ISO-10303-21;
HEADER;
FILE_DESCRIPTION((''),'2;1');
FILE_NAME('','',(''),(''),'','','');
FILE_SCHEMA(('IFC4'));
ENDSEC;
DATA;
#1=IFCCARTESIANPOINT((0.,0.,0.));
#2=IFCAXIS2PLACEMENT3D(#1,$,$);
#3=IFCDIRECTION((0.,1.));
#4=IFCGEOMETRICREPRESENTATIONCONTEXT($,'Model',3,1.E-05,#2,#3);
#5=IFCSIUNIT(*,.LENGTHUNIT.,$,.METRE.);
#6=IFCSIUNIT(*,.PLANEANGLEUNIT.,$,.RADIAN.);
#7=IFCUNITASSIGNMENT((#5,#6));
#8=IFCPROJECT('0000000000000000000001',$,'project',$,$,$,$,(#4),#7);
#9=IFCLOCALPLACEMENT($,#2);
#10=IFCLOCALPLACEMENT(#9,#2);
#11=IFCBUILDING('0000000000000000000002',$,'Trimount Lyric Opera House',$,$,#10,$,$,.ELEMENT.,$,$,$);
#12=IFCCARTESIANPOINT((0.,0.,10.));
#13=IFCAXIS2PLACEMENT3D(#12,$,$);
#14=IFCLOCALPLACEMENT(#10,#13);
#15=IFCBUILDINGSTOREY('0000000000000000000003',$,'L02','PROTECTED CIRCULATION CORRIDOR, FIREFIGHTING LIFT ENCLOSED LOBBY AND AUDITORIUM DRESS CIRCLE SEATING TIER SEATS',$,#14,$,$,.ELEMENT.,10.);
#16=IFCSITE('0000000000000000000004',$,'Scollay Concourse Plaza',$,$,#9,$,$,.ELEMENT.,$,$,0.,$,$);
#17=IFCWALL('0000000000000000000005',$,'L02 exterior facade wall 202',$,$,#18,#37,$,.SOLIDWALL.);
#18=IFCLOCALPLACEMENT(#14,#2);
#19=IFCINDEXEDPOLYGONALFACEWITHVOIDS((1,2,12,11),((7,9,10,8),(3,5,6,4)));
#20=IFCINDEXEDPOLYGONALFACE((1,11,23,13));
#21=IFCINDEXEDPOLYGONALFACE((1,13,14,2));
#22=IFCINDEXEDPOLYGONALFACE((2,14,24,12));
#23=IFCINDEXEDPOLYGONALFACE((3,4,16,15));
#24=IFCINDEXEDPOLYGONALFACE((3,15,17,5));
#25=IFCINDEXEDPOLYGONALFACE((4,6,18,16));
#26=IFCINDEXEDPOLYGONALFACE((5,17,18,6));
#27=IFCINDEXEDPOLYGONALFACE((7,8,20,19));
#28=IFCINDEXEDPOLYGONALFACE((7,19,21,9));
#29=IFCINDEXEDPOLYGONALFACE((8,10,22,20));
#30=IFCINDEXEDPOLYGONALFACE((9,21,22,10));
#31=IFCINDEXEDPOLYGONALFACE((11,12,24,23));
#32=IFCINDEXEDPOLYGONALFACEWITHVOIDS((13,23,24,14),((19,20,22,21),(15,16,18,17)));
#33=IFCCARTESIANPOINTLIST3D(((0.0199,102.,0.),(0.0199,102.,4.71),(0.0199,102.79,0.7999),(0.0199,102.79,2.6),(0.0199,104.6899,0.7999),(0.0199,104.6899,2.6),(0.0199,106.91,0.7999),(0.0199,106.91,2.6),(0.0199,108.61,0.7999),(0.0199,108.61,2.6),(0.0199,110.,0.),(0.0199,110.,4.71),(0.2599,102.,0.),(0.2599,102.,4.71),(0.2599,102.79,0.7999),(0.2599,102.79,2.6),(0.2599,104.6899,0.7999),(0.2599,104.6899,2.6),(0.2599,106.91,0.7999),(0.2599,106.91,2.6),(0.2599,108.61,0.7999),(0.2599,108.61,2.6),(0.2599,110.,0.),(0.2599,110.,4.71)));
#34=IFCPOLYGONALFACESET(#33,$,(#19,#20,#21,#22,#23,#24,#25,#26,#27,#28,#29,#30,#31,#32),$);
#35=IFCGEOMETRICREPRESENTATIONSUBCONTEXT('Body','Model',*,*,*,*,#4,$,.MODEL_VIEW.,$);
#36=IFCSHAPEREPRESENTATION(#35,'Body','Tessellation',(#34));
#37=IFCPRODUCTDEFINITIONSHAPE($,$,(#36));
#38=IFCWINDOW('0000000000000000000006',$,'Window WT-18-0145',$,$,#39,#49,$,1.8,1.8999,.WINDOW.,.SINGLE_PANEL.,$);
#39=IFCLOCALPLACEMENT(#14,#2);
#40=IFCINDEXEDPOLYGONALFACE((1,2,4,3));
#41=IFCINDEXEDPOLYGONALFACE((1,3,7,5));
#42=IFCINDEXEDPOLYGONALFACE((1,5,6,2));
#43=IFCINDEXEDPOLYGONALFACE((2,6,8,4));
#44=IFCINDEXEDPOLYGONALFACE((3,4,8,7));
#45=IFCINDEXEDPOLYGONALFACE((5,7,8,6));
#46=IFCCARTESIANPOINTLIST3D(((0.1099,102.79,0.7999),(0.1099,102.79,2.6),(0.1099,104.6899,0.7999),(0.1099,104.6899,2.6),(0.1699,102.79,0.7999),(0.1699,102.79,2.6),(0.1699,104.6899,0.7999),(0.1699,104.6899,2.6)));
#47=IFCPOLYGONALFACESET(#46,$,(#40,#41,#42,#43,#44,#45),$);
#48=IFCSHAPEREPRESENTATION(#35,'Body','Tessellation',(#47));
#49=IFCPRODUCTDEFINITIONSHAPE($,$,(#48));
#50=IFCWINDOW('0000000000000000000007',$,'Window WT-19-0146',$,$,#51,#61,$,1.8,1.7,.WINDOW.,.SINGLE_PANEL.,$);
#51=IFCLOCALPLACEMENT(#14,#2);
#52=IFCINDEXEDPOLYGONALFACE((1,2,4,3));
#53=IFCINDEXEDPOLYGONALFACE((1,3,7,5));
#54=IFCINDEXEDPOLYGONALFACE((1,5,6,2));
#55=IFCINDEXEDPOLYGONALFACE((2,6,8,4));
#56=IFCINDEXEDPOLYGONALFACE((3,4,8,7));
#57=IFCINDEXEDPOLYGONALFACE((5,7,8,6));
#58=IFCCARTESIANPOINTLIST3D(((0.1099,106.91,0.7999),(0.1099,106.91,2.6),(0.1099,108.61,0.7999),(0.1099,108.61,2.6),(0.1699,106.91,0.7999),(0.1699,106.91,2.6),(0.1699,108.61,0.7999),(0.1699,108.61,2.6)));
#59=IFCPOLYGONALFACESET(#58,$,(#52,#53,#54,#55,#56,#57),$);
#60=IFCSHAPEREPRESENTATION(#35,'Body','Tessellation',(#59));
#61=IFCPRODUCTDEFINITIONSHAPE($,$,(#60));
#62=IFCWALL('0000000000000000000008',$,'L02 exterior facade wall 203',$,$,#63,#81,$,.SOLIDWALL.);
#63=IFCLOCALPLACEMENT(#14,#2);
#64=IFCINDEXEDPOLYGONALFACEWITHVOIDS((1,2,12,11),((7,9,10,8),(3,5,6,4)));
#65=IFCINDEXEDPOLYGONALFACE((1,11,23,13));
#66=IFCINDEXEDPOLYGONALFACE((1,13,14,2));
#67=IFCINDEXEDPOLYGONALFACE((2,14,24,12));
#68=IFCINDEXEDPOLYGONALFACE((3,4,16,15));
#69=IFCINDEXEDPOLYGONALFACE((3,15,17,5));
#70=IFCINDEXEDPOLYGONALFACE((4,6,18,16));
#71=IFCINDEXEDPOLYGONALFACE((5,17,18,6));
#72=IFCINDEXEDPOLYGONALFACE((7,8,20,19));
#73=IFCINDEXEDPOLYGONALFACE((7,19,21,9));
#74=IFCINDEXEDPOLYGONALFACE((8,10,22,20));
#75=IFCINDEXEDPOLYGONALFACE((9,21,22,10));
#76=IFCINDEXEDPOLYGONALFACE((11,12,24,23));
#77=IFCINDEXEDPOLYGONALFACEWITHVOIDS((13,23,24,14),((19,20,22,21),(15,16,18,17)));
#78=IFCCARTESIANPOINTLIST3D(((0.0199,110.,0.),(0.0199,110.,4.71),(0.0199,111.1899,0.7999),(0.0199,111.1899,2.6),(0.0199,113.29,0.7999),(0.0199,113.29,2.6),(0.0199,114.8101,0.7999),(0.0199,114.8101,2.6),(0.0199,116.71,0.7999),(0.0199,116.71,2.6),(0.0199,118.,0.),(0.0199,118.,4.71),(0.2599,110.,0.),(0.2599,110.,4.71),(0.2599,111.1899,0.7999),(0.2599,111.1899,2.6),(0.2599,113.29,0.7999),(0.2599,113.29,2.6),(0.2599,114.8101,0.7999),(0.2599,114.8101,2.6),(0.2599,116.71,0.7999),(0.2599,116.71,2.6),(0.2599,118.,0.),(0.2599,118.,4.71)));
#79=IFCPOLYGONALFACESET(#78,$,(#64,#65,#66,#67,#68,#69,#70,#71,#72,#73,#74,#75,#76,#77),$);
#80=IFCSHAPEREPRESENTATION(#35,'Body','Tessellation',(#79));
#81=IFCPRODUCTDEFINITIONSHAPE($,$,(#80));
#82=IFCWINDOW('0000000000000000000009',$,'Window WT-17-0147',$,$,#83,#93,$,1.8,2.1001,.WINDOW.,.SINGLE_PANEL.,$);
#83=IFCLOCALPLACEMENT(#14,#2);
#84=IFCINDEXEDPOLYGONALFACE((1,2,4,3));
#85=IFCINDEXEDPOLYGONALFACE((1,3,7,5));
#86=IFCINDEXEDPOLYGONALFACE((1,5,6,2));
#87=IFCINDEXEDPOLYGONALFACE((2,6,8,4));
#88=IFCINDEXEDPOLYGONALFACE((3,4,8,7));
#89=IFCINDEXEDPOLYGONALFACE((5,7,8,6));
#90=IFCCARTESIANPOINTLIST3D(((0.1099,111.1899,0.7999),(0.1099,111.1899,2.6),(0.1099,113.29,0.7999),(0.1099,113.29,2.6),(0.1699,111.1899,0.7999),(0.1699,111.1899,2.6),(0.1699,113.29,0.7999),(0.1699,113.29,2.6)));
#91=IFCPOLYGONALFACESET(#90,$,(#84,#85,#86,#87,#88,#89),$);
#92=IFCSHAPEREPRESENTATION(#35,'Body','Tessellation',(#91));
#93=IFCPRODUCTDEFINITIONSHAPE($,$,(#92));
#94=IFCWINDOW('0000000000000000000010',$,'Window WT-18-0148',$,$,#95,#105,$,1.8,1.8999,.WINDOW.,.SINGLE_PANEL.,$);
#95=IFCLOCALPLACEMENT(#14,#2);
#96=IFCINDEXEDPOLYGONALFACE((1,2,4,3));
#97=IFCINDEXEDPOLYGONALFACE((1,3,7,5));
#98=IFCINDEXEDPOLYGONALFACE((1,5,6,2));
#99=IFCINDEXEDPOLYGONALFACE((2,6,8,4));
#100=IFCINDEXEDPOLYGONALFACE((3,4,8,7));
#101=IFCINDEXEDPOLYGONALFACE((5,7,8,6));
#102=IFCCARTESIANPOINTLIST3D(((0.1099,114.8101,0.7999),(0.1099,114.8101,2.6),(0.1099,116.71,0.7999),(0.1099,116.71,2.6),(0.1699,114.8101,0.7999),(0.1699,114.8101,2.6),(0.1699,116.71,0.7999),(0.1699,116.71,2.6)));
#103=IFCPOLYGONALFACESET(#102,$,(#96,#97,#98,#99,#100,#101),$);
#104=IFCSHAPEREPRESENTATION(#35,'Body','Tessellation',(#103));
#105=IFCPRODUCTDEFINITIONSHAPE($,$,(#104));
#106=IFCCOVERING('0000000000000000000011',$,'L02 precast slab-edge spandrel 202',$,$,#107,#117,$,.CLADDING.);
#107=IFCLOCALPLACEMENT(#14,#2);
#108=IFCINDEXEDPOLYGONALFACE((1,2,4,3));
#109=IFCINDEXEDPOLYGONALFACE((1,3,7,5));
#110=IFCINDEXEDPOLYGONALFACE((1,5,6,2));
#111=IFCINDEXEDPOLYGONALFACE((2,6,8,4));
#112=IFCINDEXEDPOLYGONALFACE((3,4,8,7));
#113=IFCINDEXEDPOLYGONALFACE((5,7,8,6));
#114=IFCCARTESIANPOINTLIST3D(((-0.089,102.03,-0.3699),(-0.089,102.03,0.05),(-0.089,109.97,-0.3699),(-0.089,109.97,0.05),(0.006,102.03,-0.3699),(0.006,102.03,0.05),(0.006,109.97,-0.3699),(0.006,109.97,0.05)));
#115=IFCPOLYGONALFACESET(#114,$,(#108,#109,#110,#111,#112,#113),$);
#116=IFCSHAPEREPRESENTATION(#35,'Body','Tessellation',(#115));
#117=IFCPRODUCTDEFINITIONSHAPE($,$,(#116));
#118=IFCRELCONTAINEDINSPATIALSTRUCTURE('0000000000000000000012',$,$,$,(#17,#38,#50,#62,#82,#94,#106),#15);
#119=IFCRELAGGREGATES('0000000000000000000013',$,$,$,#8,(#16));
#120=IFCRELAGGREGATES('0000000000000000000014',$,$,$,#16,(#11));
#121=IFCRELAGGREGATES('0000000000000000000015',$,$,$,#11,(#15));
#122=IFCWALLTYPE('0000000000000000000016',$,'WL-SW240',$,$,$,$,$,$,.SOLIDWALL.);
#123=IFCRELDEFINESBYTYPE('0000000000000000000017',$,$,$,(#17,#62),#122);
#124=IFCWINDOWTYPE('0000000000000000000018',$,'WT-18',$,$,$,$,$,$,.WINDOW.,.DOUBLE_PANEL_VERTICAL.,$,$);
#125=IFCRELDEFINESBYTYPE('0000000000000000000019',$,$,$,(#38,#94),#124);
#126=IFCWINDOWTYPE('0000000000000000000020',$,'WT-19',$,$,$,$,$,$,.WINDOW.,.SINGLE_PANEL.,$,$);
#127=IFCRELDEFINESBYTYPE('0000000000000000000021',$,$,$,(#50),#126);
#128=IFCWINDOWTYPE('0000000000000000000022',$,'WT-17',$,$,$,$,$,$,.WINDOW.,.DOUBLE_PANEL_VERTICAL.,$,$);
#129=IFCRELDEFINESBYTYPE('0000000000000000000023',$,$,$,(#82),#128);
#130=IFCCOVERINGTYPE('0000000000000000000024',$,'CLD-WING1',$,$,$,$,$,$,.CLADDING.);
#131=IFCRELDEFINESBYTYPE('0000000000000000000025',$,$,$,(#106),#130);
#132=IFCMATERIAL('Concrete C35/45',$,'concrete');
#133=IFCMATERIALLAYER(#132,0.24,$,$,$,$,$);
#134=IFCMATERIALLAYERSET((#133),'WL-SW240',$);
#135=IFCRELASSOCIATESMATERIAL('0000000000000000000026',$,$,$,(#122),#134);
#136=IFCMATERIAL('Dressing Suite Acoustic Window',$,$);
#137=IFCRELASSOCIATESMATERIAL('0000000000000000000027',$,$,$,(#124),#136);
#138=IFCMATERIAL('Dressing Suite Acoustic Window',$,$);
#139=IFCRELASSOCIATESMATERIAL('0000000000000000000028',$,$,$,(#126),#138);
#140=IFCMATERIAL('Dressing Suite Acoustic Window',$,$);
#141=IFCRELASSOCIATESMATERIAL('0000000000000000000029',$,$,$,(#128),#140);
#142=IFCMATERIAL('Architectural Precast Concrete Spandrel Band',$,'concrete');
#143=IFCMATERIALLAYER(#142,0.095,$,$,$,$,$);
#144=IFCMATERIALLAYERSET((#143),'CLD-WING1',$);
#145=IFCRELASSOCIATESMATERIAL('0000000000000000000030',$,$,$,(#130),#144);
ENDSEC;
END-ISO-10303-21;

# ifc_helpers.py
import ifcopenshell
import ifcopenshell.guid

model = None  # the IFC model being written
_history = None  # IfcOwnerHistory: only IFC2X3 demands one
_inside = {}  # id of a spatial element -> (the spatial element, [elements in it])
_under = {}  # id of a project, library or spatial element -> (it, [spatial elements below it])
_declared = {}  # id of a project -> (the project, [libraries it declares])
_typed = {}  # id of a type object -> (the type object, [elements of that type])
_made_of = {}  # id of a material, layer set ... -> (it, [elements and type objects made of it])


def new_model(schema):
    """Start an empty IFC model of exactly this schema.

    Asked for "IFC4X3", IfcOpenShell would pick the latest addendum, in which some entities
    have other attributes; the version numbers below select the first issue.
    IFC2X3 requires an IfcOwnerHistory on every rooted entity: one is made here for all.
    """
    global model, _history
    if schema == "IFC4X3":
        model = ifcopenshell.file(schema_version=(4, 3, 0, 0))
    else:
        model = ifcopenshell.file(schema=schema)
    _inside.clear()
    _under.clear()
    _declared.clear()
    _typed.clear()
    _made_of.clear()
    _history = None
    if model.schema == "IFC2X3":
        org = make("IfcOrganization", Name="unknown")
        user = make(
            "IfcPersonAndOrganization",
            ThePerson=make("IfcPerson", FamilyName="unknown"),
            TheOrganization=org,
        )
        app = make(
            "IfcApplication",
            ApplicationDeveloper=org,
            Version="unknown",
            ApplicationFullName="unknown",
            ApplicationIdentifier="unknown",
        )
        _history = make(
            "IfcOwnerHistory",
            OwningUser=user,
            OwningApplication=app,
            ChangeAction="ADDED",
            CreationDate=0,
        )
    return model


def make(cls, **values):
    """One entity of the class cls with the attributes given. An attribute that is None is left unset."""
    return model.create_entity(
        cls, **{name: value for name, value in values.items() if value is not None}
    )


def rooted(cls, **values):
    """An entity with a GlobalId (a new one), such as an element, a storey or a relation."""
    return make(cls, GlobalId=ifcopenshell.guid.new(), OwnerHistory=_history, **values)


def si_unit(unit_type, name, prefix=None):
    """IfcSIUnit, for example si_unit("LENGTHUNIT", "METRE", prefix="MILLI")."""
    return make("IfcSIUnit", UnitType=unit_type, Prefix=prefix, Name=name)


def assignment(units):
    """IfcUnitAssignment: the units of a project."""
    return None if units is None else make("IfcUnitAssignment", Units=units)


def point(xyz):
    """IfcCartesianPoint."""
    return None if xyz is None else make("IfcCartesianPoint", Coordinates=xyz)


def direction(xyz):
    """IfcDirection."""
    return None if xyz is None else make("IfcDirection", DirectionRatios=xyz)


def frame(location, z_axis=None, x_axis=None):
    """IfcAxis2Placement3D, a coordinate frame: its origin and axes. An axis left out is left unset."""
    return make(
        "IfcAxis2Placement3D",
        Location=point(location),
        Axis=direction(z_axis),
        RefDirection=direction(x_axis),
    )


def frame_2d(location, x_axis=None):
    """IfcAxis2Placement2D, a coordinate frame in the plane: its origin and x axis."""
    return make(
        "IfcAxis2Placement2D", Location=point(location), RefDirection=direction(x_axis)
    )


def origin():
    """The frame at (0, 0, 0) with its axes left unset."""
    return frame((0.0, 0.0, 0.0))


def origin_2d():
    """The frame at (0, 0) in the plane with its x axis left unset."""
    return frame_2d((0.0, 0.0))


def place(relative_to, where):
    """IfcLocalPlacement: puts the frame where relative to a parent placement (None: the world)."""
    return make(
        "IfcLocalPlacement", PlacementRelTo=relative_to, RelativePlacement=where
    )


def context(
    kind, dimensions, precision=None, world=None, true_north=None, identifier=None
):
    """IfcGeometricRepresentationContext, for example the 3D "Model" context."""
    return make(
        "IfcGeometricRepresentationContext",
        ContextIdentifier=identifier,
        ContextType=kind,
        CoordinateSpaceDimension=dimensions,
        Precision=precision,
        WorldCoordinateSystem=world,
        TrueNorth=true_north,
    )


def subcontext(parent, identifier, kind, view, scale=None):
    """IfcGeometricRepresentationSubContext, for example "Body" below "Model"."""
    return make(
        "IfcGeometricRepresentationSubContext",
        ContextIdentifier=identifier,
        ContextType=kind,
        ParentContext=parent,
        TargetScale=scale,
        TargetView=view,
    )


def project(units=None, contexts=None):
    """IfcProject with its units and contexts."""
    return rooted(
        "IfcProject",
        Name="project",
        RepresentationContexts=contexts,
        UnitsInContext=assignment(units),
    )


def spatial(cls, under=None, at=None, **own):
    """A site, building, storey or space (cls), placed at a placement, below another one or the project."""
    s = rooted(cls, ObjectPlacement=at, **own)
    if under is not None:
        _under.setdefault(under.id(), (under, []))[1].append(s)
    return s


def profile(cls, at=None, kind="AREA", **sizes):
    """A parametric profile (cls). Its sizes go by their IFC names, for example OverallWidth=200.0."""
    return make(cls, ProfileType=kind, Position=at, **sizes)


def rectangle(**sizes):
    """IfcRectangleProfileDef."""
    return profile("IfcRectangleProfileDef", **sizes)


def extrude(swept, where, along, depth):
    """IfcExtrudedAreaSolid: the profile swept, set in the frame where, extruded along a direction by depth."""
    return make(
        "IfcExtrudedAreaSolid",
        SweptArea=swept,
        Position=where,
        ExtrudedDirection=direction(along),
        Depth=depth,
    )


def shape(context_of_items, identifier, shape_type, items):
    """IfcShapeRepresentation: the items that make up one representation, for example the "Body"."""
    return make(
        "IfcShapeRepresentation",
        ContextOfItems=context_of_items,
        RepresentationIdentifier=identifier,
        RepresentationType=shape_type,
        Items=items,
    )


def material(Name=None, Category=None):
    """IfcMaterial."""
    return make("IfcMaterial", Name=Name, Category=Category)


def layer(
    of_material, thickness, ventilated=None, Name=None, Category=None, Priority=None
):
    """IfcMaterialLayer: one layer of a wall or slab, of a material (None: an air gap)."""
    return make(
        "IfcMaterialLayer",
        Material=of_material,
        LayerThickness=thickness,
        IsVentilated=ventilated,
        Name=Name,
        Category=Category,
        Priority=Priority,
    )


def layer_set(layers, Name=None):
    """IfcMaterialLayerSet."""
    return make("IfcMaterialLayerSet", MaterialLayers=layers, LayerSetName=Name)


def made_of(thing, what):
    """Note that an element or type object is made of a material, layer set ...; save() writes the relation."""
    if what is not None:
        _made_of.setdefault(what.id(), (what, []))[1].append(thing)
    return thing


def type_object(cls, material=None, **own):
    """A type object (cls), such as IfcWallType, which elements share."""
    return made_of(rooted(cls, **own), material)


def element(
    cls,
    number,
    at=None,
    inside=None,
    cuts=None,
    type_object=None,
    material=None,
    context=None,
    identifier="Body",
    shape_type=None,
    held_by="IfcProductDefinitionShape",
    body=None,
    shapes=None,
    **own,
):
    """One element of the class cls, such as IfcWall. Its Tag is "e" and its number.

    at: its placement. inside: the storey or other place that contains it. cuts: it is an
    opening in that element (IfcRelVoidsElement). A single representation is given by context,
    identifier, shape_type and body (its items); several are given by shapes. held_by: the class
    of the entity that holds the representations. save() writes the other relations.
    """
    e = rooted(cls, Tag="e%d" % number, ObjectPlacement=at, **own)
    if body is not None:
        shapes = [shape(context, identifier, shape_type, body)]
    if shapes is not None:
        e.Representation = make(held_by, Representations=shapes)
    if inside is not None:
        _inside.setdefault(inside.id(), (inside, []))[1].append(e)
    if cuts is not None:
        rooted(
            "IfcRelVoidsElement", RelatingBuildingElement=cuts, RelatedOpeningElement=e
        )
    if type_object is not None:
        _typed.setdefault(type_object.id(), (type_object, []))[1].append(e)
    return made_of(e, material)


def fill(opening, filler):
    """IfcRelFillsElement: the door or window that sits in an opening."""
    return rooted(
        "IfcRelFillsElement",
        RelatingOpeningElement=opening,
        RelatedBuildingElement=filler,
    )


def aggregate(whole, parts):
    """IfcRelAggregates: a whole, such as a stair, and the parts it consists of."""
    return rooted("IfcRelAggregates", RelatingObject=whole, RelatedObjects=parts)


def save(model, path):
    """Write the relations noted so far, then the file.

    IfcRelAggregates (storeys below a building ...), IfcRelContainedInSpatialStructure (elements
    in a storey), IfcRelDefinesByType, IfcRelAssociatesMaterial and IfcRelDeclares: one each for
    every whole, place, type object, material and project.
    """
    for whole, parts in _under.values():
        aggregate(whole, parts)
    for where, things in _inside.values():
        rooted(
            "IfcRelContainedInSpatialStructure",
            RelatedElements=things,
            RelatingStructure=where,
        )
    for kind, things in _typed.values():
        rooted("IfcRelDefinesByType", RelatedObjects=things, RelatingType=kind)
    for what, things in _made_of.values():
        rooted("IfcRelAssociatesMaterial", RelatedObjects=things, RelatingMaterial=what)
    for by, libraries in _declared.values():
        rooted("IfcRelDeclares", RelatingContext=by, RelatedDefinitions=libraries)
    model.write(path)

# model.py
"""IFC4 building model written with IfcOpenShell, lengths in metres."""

from ifc_helpers import new_model, si_unit, direction, frame, frame_2d, origin, origin_2d, place, context, subcontext, project, spatial, rectangle, extrude, material, layer, layer_set, type_object, element, fill, save


model = new_model("IFC4")

# Units and contexts
model_context = context("Model", 3, precision=1e-05, world=origin(), true_north=direction((0.0, 1.0)))
body_context = subcontext(model_context, "Body", "Model", "MODEL_VIEW")
ifc_project = project(units=[si_unit("LENGTHUNIT", "METRE"), si_unit("PLANEANGLEUNIT", "RADIAN")], contexts=[model_context])

# Site, building, storey
site_placement = place(None, origin())
site = spatial("IfcSite", under=ifc_project, at=site_placement, Name="Scollay Concourse Plaza", CompositionType="ELEMENT", RefElevation=0.0)
building_placement = place(site_placement, origin())
building = spatial("IfcBuilding", under=site, at=building_placement, Name="Trimount Lyric Opera House", CompositionType="ELEMENT")
storey_placement = place(building_placement, frame((0.0, 0.0, 10.0)))
storey = spatial("IfcBuildingStorey", under=building, at=storey_placement, Name="L02", Description="PROTECTED CIRCULATION CORRIDOR, FIREFIGHTING LIFT ENCLOSED LOBBY AND AUDITORIUM DRESS CIRCLE SEATING TIER SEATS", CompositionType="ELEMENT", Elevation=10.0)

# Walls, openings, windows
ifc_material_1 = material(Name="Concrete C35/45", Category="concrete")
ifc_layer_1 = layer(ifc_material_1, 0.24)
ifc_layer_set_1 = layer_set([ifc_layer_1], Name="WL-SW240")
wall_type = type_object("IfcWallType", Name="WL-SW240", PredefinedType="SOLIDWALL", material=ifc_layer_set_1)
wall_1_placement = place(storey_placement, frame((0.1399, 102.0, 0.0), z_axis=(0.0, 0.0, 1.0), x_axis=(0.0, 1.0, 0.0)))
wall_1 = element("IfcWall", 1, at=wall_1_placement, inside=storey, type_object=wall_type, Name="L02 exterior facade wall 202", PredefinedType="SOLIDWALL", context=body_context, shape_type="SweptSolid", body=[
    extrude(rectangle(XDim=8.0, YDim=0.24, at=frame_2d((4.0, 0.0))), origin(), (0.0, 0.0, 1.0), 4.71),
])
opening_1_placement = place(wall_1_placement, frame((0.79, 0.0, 0.8)))
opening_1 = element("IfcOpeningElement", 2, at=opening_1_placement, cuts=wall_1, PredefinedType="OPENING", context=body_context, shape_type="SweptSolid", body=[
    extrude(rectangle(XDim=1.8999, YDim=1.8, at=frame_2d((0.95, 0.8999))), frame((0.0, 0.1299, 0.0), z_axis=(0.0, -1.0, 0.0), x_axis=(1.0, 0.0, 0.0)), (0.0, 0.0, 1.0), 0.26),
])
opening_2_placement = place(wall_1_placement, frame((4.9099, 0.0, 0.8)))
opening_2 = element("IfcOpeningElement", 3, at=opening_2_placement, cuts=wall_1, PredefinedType="OPENING", context=body_context, shape_type="SweptSolid", body=[
    extrude(rectangle(XDim=1.7, YDim=1.8, at=frame_2d((0.8501, 0.8999))), frame((0.0, 0.1299, 0.0), z_axis=(0.0, -1.0, 0.0), x_axis=(1.0, 0.0, 0.0)), (0.0, 0.0, 1.0), 0.26),
])
ifc_material_2 = material(Name="Dressing Suite Acoustic Window")
window_type_1 = type_object("IfcWindowType", Name="WT-18", PartitioningType="DOUBLE_PANEL_VERTICAL", PredefinedType="WINDOW", material=ifc_material_2)
window_1_placement = place(opening_1_placement, origin())
window_1 = element("IfcWindow", 4, at=window_1_placement, inside=storey, type_object=window_type_1, Name="Window WT-18-0145", OverallHeight=1.8, OverallWidth=1.8999, PartitioningType="SINGLE_PANEL", PredefinedType="WINDOW", context=body_context, shape_type="SweptSolid", body=[
    extrude(rectangle(XDim=1.8999, YDim=1.8, at=frame_2d((0.95, 0.8999))), frame((0.0, 0.03, 0.0), z_axis=(0.0, -1.0, 0.0), x_axis=(1.0, 0.0, 0.0)), (0.0, 0.0, 1.0), 0.0601),
])
fill(opening_1, window_1)
ifc_material_3 = material(Name="Dressing Suite Acoustic Window")
window_type_2 = type_object("IfcWindowType", Name="WT-19", PartitioningType="SINGLE_PANEL", PredefinedType="WINDOW", material=ifc_material_3)
window_2_placement = place(opening_2_placement, origin())
window_2 = element("IfcWindow", 5, at=window_2_placement, inside=storey, type_object=window_type_2, Name="Window WT-19-0146", OverallHeight=1.8, OverallWidth=1.7, PartitioningType="SINGLE_PANEL", PredefinedType="WINDOW", context=body_context, shape_type="SweptSolid", body=[
    extrude(rectangle(XDim=1.7, YDim=1.8, at=frame_2d((0.8501, 0.8999))), frame((0.0, 0.03, 0.0), z_axis=(0.0, -1.0, 0.0), x_axis=(1.0, 0.0, 0.0)), (0.0, 0.0, 1.0), 0.0601),
])
fill(opening_2, window_2)
wall_2_placement = place(storey_placement, frame((0.1399, 110.0, 0.0), z_axis=(0.0, 0.0, 1.0), x_axis=(0.0, 1.0, 0.0)))
wall_2 = element("IfcWall", 6, at=wall_2_placement, inside=storey, type_object=wall_type, Name="L02 exterior facade wall 203", PredefinedType="SOLIDWALL", context=body_context, shape_type="SweptSolid", body=[
    extrude(rectangle(XDim=8.0, YDim=0.24, at=frame_2d((4.0, 0.0))), origin(), (0.0, 0.0, 1.0), 4.71),
])
opening_3_placement = place(wall_2_placement, frame((1.1899, 0.0, 0.8)))
opening_3 = element("IfcOpeningElement", 7, at=opening_3_placement, cuts=wall_2, PredefinedType="OPENING", context=body_context, shape_type="SweptSolid", body=[
    extrude(rectangle(XDim=2.1001, YDim=1.8, at=frame_2d((1.05, 0.8999))), frame((0.0, 0.1299, 0.0), z_axis=(0.0, -1.0, 0.0), x_axis=(1.0, 0.0, 0.0)), (0.0, 0.0, 1.0), 0.26),
])
opening_4_placement = place(wall_2_placement, frame((4.8101, 0.0, 0.8)))
opening_4 = element("IfcOpeningElement", 8, at=opening_4_placement, cuts=wall_2, PredefinedType="OPENING", context=body_context, shape_type="SweptSolid", body=[
    extrude(rectangle(XDim=1.8999, YDim=1.8, at=frame_2d((0.95, 0.8999))), frame((0.0, 0.1299, 0.0), z_axis=(0.0, -1.0, 0.0), x_axis=(1.0, 0.0, 0.0)), (0.0, 0.0, 1.0), 0.26),
])
ifc_material_4 = material(Name="Dressing Suite Acoustic Window")
window_type_3 = type_object("IfcWindowType", Name="WT-17", PartitioningType="DOUBLE_PANEL_VERTICAL", PredefinedType="WINDOW", material=ifc_material_4)
window_3_placement = place(opening_3_placement, origin())
window_3 = element("IfcWindow", 9, at=window_3_placement, inside=storey, type_object=window_type_3, Name="Window WT-17-0147", OverallHeight=1.8, OverallWidth=2.1001, PartitioningType="SINGLE_PANEL", PredefinedType="WINDOW", context=body_context, shape_type="SweptSolid", body=[
    extrude(rectangle(XDim=2.1001, YDim=1.8, at=frame_2d((1.05, 0.8999))), frame((0.0, 0.03, 0.0), z_axis=(0.0, -1.0, 0.0), x_axis=(1.0, 0.0, 0.0)), (0.0, 0.0, 1.0), 0.0601),
])
fill(opening_3, window_3)
window_4_placement = place(opening_4_placement, origin())
window_4 = element("IfcWindow", 10, at=window_4_placement, inside=storey, type_object=window_type_1, Name="Window WT-18-0148", OverallHeight=1.8, OverallWidth=1.8999, PartitioningType="SINGLE_PANEL", PredefinedType="WINDOW", context=body_context, shape_type="SweptSolid", body=[
    extrude(rectangle(XDim=1.8999, YDim=1.8, at=frame_2d((0.95, 0.8999))), frame((0.0, 0.03, 0.0), z_axis=(0.0, -1.0, 0.0), x_axis=(1.0, 0.0, 0.0)), (0.0, 0.0, 1.0), 0.0601),
])
fill(opening_4, window_4)

# Covering
ifc_material_5 = material(Name="Architectural Precast Concrete Spandrel Band", Category="concrete")
ifc_layer_2 = layer(ifc_material_5, 0.095)
ifc_layer_set_2 = layer_set([ifc_layer_2], Name="CLD-WING1")
covering_type = type_object("IfcCoveringType", Name="CLD-WING1", PredefinedType="CLADDING", material=ifc_layer_set_2)
covering_placement = place(storey_placement, frame((-0.0415, 106.0, -0.3699), z_axis=(0.0, 0.0, 1.0), x_axis=(0.0, 1.0, 0.0)))
element("IfcCovering", 11, at=covering_placement, inside=storey, type_object=covering_type, Name="L02 precast slab-edge spandrel 202", PredefinedType="CLADDING", context=body_context, shape_type="SweptSolid", body=[
    extrude(rectangle(XDim=7.9399, YDim=0.095, at=origin_2d()), origin(), (0.0, 0.0, 1.0), 0.4199),
])

save(model, "model.ifc")
